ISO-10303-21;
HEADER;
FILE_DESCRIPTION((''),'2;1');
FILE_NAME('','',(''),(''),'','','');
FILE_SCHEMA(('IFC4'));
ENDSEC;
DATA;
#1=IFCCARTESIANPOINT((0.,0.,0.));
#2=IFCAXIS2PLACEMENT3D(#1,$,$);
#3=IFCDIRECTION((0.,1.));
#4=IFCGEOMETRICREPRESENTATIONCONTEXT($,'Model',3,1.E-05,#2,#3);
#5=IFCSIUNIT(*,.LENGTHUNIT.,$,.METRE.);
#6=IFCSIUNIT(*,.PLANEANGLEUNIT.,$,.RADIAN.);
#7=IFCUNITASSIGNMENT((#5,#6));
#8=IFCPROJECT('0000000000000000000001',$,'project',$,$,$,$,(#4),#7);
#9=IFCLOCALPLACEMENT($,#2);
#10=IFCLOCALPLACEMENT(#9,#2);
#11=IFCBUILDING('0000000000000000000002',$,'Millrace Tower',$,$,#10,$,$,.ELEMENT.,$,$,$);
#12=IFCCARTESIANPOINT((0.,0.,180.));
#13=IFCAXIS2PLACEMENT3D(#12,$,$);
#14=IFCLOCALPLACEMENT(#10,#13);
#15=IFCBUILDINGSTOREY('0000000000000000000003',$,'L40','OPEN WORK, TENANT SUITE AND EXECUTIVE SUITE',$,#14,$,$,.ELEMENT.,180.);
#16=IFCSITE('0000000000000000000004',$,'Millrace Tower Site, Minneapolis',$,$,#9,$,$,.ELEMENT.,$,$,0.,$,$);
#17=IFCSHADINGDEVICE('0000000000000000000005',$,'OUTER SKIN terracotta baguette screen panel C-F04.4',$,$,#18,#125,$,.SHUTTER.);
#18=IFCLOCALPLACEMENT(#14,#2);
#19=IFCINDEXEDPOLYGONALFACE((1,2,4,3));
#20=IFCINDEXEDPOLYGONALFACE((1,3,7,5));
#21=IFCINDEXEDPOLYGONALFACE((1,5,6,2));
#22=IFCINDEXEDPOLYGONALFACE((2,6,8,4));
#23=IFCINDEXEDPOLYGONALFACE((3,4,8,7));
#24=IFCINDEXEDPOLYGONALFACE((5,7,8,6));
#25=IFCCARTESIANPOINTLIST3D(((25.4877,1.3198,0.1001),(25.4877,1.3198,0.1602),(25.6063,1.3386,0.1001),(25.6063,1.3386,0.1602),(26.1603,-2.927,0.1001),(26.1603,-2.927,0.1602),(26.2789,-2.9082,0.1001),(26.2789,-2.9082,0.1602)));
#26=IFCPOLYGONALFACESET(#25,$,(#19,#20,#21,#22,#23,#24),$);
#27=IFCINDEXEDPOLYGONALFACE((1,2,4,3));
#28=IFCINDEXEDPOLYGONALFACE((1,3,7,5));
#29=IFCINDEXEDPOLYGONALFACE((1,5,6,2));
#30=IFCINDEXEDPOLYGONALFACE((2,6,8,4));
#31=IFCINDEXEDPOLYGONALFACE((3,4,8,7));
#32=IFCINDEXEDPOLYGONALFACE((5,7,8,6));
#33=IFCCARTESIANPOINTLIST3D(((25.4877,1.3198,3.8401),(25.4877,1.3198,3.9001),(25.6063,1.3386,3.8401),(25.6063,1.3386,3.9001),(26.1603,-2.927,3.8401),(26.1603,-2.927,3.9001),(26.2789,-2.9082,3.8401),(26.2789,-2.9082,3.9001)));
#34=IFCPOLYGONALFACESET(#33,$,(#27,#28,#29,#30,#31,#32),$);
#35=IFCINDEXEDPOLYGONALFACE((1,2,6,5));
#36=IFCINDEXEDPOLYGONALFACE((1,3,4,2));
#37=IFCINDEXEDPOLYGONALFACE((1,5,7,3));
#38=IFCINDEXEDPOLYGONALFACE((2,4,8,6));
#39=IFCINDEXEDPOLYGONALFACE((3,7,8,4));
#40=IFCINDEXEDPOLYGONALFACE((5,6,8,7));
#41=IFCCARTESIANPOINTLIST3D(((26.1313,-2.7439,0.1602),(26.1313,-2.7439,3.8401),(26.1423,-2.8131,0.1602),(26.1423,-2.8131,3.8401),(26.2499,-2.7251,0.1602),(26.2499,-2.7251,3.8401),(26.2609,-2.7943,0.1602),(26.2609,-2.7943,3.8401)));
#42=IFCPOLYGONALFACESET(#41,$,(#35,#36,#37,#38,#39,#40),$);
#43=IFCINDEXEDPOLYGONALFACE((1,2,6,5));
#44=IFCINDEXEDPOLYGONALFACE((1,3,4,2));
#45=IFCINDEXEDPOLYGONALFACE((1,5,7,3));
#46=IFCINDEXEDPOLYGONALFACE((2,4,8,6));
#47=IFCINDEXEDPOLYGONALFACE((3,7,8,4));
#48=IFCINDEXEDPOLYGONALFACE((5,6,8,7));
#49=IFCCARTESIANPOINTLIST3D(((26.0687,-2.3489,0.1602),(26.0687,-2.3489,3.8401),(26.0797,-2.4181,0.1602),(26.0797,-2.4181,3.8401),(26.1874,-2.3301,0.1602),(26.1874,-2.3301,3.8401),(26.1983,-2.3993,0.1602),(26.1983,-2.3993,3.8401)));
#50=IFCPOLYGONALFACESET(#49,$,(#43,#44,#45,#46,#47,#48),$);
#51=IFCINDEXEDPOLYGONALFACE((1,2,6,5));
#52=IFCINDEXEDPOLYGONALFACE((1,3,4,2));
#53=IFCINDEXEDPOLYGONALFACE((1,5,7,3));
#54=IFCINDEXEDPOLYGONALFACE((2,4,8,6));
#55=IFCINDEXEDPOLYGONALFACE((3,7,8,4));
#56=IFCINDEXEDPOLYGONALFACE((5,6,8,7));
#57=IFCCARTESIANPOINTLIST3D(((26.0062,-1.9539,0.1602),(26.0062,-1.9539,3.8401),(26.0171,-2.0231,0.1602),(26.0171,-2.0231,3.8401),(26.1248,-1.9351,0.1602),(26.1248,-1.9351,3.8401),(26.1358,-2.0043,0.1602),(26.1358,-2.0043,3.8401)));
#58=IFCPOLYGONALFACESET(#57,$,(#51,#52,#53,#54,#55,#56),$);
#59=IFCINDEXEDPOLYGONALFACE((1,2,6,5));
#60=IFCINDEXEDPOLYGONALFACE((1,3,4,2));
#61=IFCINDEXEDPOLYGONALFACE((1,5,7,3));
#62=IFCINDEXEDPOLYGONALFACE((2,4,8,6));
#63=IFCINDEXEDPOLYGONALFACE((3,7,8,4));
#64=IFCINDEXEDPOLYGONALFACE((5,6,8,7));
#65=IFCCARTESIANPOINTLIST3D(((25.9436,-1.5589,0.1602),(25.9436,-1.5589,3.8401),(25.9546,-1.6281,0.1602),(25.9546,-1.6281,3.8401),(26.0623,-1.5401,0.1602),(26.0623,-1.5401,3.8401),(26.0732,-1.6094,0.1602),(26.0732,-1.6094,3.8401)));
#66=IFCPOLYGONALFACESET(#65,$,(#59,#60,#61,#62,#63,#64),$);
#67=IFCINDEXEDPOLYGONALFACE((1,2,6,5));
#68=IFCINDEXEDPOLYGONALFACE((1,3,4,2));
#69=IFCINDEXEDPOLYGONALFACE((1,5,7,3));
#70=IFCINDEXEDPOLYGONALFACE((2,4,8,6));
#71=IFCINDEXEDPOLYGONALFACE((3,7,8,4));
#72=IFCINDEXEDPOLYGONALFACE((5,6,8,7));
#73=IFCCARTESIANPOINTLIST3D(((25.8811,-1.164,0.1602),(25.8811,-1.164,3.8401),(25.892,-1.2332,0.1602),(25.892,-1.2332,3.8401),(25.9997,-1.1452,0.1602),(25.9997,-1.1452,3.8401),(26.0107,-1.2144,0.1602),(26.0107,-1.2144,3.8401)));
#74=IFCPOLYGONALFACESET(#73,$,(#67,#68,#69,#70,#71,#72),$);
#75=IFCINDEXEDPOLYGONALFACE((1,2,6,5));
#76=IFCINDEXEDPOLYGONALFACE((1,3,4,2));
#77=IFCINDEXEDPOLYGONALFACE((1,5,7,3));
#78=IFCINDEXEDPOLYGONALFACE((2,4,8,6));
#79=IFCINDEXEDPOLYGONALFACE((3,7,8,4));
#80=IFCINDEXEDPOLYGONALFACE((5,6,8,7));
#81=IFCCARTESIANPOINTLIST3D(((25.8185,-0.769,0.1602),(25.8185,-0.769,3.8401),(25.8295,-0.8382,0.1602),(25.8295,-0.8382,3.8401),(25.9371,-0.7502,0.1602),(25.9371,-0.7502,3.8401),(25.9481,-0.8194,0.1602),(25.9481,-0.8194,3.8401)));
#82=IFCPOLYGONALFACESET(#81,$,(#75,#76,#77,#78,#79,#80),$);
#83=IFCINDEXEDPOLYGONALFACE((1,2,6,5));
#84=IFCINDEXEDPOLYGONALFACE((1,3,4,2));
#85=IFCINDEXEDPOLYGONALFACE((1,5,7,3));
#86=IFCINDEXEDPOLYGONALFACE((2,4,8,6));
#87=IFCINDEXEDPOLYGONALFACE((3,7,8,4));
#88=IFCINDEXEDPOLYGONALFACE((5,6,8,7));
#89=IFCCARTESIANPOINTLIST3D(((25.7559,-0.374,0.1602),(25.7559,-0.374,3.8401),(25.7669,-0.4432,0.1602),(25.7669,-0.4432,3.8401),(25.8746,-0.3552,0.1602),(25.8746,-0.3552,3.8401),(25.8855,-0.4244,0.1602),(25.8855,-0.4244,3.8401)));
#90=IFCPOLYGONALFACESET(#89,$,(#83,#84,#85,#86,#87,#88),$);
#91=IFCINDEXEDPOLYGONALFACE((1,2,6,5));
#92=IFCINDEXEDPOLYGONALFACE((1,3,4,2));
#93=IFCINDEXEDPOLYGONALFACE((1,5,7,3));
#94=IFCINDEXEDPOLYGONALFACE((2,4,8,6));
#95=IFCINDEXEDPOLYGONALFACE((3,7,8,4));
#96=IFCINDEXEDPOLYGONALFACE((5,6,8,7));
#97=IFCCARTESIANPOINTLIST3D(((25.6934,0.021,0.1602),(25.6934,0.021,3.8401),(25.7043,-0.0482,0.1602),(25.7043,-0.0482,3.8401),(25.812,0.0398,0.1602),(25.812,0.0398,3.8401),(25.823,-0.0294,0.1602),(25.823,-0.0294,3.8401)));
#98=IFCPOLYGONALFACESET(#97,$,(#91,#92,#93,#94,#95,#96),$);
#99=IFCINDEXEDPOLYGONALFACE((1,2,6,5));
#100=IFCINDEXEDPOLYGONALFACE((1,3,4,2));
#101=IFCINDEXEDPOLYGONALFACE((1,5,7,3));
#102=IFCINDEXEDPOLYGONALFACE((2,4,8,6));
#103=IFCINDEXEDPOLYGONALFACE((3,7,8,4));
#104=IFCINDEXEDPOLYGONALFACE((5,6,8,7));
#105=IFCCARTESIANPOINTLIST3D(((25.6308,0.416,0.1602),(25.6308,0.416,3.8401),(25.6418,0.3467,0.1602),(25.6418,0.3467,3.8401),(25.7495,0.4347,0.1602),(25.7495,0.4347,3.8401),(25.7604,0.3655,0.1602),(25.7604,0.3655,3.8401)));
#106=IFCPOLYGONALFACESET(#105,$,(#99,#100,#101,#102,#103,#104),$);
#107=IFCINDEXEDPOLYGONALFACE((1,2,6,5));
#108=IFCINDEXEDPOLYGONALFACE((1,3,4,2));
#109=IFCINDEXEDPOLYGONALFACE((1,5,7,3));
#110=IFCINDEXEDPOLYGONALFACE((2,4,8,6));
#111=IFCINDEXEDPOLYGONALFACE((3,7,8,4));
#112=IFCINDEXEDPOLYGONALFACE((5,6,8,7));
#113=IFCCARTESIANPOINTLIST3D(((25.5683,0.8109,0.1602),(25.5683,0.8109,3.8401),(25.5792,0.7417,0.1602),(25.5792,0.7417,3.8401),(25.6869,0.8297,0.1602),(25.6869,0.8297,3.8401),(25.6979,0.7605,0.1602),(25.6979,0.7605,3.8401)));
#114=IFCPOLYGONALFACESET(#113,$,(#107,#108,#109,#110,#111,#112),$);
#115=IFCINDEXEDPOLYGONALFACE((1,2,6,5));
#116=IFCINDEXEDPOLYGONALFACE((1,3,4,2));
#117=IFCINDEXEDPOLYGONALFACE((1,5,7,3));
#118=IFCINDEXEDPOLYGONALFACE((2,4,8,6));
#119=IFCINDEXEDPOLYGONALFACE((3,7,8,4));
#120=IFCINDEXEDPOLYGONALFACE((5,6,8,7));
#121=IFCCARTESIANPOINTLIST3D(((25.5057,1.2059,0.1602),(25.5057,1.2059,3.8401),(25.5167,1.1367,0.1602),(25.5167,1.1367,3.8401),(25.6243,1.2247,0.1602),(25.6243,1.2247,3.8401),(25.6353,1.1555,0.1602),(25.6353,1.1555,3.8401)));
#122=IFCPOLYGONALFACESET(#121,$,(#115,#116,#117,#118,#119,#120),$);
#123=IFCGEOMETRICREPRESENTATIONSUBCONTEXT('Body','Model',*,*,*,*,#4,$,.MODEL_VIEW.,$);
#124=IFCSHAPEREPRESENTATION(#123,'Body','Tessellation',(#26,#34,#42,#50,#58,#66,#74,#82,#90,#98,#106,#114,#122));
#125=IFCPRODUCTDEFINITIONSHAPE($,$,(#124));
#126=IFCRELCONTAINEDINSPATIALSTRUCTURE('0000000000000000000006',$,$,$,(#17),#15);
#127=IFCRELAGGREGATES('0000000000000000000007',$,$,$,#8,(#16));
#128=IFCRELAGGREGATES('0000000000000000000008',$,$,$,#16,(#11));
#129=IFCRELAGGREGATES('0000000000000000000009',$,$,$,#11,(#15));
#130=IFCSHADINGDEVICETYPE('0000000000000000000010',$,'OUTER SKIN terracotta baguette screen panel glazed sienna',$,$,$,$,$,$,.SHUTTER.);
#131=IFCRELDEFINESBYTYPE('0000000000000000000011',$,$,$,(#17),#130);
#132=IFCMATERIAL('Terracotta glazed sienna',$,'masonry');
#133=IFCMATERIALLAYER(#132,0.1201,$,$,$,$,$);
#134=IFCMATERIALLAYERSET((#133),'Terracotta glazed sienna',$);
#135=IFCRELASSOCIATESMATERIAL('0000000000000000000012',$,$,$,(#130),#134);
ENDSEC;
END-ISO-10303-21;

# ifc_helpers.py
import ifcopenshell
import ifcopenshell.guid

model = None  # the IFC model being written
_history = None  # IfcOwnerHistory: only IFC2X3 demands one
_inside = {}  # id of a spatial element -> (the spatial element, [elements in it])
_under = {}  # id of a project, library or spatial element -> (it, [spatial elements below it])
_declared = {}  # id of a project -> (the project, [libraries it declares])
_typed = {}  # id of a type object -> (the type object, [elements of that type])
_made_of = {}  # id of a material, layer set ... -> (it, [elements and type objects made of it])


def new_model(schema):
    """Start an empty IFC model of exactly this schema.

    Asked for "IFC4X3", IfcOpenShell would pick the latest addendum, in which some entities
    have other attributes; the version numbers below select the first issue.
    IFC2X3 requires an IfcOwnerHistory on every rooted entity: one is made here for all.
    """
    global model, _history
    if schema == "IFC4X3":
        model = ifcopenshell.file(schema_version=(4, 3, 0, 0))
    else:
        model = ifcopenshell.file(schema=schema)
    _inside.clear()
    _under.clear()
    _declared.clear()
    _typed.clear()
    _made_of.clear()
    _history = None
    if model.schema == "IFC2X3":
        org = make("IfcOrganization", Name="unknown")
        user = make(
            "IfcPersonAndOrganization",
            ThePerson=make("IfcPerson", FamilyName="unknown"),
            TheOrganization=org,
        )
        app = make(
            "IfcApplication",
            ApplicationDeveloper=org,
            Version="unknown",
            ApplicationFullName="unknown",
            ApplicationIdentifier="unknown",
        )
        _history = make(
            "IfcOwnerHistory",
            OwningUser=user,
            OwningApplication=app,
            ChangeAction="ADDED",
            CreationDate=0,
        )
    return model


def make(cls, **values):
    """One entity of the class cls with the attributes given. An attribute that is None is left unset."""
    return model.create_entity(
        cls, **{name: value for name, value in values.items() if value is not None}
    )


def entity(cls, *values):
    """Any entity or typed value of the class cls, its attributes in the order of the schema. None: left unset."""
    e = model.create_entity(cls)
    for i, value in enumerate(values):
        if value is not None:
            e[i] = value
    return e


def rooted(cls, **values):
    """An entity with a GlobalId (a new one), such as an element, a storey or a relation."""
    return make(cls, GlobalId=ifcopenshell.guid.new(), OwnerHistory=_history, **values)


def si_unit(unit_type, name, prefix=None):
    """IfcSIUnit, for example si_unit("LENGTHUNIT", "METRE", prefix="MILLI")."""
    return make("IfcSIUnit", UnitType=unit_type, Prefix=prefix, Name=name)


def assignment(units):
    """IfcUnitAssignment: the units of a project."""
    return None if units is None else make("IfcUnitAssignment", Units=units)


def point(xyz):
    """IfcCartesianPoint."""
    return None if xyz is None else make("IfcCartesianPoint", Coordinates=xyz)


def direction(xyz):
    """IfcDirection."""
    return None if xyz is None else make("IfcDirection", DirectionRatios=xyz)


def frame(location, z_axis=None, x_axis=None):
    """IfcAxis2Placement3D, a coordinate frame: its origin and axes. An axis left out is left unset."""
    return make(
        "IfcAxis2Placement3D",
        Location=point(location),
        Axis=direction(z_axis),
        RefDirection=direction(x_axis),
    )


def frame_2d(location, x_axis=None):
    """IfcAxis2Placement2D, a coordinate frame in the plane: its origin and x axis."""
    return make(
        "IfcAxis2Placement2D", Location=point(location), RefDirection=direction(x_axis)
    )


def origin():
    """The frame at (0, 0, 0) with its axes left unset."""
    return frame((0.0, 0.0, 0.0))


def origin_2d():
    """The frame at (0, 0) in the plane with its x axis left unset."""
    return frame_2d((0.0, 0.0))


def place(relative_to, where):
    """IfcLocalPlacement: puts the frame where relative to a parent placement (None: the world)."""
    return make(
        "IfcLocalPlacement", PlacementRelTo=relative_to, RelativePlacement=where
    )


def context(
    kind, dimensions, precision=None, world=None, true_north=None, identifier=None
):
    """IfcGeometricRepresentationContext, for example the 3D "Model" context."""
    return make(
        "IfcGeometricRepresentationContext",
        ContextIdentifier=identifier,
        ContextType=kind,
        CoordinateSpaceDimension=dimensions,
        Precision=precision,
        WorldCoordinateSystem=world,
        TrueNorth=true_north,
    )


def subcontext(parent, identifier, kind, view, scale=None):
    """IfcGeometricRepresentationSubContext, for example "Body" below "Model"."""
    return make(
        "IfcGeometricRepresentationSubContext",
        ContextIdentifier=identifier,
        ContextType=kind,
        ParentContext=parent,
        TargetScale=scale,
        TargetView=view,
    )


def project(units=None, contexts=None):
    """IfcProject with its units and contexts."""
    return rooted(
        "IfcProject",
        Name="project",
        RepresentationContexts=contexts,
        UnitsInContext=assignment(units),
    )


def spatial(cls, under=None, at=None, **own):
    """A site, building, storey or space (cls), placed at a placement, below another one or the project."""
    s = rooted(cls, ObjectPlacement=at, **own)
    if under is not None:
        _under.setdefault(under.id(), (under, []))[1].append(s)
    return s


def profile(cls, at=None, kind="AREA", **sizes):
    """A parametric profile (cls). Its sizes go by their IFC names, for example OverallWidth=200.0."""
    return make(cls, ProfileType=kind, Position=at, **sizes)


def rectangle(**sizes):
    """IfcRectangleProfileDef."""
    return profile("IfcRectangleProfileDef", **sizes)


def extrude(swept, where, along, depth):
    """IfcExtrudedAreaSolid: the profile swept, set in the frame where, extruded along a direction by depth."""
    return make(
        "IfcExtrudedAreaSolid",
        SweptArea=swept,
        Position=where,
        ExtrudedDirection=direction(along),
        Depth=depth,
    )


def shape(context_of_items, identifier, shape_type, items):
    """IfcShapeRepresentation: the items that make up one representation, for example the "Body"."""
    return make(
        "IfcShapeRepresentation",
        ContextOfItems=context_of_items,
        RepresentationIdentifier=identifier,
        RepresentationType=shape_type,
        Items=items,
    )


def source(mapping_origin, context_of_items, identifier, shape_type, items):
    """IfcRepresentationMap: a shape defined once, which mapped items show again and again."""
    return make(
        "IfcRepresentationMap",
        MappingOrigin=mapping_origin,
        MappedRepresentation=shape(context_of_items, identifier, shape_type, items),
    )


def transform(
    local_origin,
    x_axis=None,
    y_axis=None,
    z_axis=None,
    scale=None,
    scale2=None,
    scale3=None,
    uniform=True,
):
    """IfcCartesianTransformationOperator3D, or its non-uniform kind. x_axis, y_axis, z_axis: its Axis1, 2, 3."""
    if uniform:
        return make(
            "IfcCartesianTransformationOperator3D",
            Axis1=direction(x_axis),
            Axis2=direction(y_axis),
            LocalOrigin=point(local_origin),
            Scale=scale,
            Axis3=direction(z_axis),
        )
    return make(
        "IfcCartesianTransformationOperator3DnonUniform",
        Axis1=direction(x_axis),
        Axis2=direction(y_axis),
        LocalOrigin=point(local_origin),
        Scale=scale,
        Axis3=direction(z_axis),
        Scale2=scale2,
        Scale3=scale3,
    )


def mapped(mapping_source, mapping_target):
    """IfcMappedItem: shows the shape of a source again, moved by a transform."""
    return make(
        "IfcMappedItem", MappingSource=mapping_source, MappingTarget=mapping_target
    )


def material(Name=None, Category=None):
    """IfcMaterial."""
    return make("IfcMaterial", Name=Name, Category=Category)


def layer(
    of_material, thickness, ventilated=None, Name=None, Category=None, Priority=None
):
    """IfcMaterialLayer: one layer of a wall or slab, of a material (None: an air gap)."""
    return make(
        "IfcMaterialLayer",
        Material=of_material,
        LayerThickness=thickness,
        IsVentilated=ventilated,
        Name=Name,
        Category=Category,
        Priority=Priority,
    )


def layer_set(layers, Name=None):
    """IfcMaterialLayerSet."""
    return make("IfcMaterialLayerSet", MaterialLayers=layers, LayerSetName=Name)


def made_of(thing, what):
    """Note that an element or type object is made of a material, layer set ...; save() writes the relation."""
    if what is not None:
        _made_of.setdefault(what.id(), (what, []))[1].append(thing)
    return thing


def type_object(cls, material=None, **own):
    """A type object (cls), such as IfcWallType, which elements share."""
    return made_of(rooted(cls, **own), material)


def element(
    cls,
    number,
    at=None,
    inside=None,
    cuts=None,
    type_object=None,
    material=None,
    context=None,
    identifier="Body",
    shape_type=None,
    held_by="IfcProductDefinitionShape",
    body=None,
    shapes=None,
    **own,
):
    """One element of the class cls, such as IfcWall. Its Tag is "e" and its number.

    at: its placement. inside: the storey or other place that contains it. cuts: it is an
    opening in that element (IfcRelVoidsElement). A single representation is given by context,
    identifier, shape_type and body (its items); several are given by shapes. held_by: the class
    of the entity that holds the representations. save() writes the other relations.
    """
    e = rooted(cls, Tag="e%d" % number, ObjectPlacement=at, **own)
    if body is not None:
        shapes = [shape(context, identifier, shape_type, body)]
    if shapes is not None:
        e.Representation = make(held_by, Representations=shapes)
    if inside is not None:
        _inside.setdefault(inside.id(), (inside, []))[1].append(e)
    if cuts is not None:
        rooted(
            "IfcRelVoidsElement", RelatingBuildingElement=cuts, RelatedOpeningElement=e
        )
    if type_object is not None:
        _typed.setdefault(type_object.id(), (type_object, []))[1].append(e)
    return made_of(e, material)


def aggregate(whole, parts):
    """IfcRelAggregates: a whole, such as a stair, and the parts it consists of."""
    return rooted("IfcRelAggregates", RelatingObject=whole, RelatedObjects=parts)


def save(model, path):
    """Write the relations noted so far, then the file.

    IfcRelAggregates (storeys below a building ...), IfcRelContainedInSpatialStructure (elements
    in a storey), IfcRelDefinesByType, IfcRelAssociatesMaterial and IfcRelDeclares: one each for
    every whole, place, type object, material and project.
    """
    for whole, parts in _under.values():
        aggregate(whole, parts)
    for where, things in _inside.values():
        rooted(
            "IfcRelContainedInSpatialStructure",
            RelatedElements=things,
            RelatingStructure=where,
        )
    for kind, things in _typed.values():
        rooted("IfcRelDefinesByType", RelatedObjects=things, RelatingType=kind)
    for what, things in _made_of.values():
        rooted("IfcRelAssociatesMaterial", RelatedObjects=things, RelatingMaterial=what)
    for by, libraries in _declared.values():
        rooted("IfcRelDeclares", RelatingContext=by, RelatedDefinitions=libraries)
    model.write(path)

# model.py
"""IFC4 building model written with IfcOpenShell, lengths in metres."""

from ifc_helpers import new_model, entity, si_unit, direction, frame, frame_2d, origin, origin_2d, place, context, subcontext, project, spatial, rectangle, extrude, source, transform, mapped, material, layer, layer_set, type_object, element, save


model = new_model("IFC4")

# Units and contexts
model_context = context("Model", 3, precision=1e-05, world=origin(), true_north=direction((0.0, 1.0)))
body_context = subcontext(model_context, "Body", "Model", "MODEL_VIEW")
ifc_project = project(units=[si_unit("LENGTHUNIT", "METRE"), si_unit("PLANEANGLEUNIT", "RADIAN")], contexts=[model_context])

# Site, building, storey
site_placement = place(None, origin())
site = spatial("IfcSite", under=ifc_project, at=site_placement, Name="Millrace Tower Site, Minneapolis", CompositionType="ELEMENT", RefElevation=0.0)
building_placement = place(site_placement, origin())
building = spatial("IfcBuilding", under=site, at=building_placement, Name="Millrace Tower", CompositionType="ELEMENT")
storey_placement = place(building_placement, frame((0.0, 0.0, 180.0)))
storey = spatial("IfcBuildingStorey", under=building, at=storey_placement, Name="L40", Description="OPEN WORK, TENANT SUITE AND EXECUTIVE SUITE", CompositionType="ELEMENT", Elevation=180.0)

# Shading device
ifc_material_1 = material(Name="Terracotta glazed sienna", Category="masonry")
ifc_layer_1 = layer(ifc_material_1, 0.1201)
ifc_layer_set_1 = layer_set([ifc_layer_1], Name="Terracotta glazed sienna")
shading_device_type = type_object("IfcShadingDeviceType", Name="OUTER SKIN terracotta baguette screen panel glazed sienna", PredefinedType="SHUTTER", material=ifc_layer_set_1)
cartesian_point = entity("IfcCartesianPoint", [-2.1499, 0.0601])
shared_polyline = entity("IfcPolyline", [cartesian_point, entity("IfcCartesianPoint", [2.1499, 0.0601]), entity("IfcCartesianPoint", [2.1499, -0.0601]), entity("IfcCartesianPoint", [-2.1499, -0.0601]), cartesian_point])
shared_shape = source(origin(), body_context, "Body", "SweptSolid", [
    entity("IfcExtrudedAreaSolid", entity("IfcArbitraryClosedProfileDef", "AREA", None, shared_polyline), entity("IfcAxis2Placement3D", entity("IfcCartesianPoint", [0.0, 0.0, 0.0])), entity("IfcDirection", [0.0, 0.0, 1.0]), 0.0601),
    entity("IfcExtrudedAreaSolid", entity("IfcArbitraryClosedProfileDef", "AREA", None, shared_polyline), entity("IfcAxis2Placement3D", entity("IfcCartesianPoint", [0.0, 0.0, 3.74])), entity("IfcDirection", [0.0, 0.0, 1.0]), 0.0601),
    extrude(rectangle(XDim=0.0701, YDim=0.1201, at=frame_2d((-1.9995, 0.0))), frame((0.0, 0.0, 0.0601)), (0.0, 0.0, 1.0), 3.6799),
    extrude(rectangle(XDim=0.0701, YDim=0.1201, at=frame_2d((-1.5996, 0.0))), frame((0.0, 0.0, 0.0601)), (0.0, 0.0, 1.0), 3.6799),
    extrude(rectangle(XDim=0.0701, YDim=0.1201, at=frame_2d((-1.1997, 0.0))), frame((0.0, 0.0, 0.0601)), (0.0, 0.0, 1.0), 3.6799),
    extrude(rectangle(XDim=0.0701, YDim=0.1201, at=frame_2d((-0.7998, 0.0))), frame((0.0, 0.0, 0.0601)), (0.0, 0.0, 1.0), 3.6799),
    extrude(rectangle(XDim=0.0701, YDim=0.1201, at=frame_2d((-0.3999, 0.0))), frame((0.0, 0.0, 0.0601)), (0.0, 0.0, 1.0), 3.6799),
    extrude(rectangle(XDim=0.0701, YDim=0.1201, at=origin_2d()), frame((0.0, 0.0, 0.0601)), (0.0, 0.0, 1.0), 3.6799),
    extrude(rectangle(XDim=0.0701, YDim=0.1201, at=frame_2d((0.3999, 0.0))), frame((0.0, 0.0, 0.0601)), (0.0, 0.0, 1.0), 3.6799),
    extrude(rectangle(XDim=0.0701, YDim=0.1201, at=frame_2d((0.7998, 0.0))), frame((0.0, 0.0, 0.0601)), (0.0, 0.0, 1.0), 3.6799),
    extrude(rectangle(XDim=0.0701, YDim=0.1201, at=frame_2d((1.1997, 0.0))), frame((0.0, 0.0, 0.0601)), (0.0, 0.0, 1.0), 3.6799),
    extrude(rectangle(XDim=0.0701, YDim=0.1201, at=frame_2d((1.5996, 0.0))), frame((0.0, 0.0, 0.0601)), (0.0, 0.0, 1.0), 3.6799),
    extrude(rectangle(XDim=0.0701, YDim=0.1201, at=frame_2d((1.9995, 0.0))), frame((0.0, 0.0, 0.0601)), (0.0, 0.0, 1.0), 3.6799),
])
for number, where, z_axis, x_axis, name in (
    (1, (25.8833, -0.7942, 0.1001), (0.0, 0.0, 1.0), (-0.156434, 0.987688, 0.0), "OUTER SKIN terracotta baguette screen panel C-F04.4"),
):
    element("IfcShadingDevice", number, at=place(storey_placement, frame(where, z_axis=z_axis, x_axis=x_axis)), inside=storey, type_object=shading_device_type, Name=name, PredefinedType="SHUTTER", context=body_context, shape_type="MappedRepresentation", body=[
        mapped(shared_shape, transform((0.0, 0.0, 0.0), scale=1.0)),
    ])

save(model, "model.ifc")
